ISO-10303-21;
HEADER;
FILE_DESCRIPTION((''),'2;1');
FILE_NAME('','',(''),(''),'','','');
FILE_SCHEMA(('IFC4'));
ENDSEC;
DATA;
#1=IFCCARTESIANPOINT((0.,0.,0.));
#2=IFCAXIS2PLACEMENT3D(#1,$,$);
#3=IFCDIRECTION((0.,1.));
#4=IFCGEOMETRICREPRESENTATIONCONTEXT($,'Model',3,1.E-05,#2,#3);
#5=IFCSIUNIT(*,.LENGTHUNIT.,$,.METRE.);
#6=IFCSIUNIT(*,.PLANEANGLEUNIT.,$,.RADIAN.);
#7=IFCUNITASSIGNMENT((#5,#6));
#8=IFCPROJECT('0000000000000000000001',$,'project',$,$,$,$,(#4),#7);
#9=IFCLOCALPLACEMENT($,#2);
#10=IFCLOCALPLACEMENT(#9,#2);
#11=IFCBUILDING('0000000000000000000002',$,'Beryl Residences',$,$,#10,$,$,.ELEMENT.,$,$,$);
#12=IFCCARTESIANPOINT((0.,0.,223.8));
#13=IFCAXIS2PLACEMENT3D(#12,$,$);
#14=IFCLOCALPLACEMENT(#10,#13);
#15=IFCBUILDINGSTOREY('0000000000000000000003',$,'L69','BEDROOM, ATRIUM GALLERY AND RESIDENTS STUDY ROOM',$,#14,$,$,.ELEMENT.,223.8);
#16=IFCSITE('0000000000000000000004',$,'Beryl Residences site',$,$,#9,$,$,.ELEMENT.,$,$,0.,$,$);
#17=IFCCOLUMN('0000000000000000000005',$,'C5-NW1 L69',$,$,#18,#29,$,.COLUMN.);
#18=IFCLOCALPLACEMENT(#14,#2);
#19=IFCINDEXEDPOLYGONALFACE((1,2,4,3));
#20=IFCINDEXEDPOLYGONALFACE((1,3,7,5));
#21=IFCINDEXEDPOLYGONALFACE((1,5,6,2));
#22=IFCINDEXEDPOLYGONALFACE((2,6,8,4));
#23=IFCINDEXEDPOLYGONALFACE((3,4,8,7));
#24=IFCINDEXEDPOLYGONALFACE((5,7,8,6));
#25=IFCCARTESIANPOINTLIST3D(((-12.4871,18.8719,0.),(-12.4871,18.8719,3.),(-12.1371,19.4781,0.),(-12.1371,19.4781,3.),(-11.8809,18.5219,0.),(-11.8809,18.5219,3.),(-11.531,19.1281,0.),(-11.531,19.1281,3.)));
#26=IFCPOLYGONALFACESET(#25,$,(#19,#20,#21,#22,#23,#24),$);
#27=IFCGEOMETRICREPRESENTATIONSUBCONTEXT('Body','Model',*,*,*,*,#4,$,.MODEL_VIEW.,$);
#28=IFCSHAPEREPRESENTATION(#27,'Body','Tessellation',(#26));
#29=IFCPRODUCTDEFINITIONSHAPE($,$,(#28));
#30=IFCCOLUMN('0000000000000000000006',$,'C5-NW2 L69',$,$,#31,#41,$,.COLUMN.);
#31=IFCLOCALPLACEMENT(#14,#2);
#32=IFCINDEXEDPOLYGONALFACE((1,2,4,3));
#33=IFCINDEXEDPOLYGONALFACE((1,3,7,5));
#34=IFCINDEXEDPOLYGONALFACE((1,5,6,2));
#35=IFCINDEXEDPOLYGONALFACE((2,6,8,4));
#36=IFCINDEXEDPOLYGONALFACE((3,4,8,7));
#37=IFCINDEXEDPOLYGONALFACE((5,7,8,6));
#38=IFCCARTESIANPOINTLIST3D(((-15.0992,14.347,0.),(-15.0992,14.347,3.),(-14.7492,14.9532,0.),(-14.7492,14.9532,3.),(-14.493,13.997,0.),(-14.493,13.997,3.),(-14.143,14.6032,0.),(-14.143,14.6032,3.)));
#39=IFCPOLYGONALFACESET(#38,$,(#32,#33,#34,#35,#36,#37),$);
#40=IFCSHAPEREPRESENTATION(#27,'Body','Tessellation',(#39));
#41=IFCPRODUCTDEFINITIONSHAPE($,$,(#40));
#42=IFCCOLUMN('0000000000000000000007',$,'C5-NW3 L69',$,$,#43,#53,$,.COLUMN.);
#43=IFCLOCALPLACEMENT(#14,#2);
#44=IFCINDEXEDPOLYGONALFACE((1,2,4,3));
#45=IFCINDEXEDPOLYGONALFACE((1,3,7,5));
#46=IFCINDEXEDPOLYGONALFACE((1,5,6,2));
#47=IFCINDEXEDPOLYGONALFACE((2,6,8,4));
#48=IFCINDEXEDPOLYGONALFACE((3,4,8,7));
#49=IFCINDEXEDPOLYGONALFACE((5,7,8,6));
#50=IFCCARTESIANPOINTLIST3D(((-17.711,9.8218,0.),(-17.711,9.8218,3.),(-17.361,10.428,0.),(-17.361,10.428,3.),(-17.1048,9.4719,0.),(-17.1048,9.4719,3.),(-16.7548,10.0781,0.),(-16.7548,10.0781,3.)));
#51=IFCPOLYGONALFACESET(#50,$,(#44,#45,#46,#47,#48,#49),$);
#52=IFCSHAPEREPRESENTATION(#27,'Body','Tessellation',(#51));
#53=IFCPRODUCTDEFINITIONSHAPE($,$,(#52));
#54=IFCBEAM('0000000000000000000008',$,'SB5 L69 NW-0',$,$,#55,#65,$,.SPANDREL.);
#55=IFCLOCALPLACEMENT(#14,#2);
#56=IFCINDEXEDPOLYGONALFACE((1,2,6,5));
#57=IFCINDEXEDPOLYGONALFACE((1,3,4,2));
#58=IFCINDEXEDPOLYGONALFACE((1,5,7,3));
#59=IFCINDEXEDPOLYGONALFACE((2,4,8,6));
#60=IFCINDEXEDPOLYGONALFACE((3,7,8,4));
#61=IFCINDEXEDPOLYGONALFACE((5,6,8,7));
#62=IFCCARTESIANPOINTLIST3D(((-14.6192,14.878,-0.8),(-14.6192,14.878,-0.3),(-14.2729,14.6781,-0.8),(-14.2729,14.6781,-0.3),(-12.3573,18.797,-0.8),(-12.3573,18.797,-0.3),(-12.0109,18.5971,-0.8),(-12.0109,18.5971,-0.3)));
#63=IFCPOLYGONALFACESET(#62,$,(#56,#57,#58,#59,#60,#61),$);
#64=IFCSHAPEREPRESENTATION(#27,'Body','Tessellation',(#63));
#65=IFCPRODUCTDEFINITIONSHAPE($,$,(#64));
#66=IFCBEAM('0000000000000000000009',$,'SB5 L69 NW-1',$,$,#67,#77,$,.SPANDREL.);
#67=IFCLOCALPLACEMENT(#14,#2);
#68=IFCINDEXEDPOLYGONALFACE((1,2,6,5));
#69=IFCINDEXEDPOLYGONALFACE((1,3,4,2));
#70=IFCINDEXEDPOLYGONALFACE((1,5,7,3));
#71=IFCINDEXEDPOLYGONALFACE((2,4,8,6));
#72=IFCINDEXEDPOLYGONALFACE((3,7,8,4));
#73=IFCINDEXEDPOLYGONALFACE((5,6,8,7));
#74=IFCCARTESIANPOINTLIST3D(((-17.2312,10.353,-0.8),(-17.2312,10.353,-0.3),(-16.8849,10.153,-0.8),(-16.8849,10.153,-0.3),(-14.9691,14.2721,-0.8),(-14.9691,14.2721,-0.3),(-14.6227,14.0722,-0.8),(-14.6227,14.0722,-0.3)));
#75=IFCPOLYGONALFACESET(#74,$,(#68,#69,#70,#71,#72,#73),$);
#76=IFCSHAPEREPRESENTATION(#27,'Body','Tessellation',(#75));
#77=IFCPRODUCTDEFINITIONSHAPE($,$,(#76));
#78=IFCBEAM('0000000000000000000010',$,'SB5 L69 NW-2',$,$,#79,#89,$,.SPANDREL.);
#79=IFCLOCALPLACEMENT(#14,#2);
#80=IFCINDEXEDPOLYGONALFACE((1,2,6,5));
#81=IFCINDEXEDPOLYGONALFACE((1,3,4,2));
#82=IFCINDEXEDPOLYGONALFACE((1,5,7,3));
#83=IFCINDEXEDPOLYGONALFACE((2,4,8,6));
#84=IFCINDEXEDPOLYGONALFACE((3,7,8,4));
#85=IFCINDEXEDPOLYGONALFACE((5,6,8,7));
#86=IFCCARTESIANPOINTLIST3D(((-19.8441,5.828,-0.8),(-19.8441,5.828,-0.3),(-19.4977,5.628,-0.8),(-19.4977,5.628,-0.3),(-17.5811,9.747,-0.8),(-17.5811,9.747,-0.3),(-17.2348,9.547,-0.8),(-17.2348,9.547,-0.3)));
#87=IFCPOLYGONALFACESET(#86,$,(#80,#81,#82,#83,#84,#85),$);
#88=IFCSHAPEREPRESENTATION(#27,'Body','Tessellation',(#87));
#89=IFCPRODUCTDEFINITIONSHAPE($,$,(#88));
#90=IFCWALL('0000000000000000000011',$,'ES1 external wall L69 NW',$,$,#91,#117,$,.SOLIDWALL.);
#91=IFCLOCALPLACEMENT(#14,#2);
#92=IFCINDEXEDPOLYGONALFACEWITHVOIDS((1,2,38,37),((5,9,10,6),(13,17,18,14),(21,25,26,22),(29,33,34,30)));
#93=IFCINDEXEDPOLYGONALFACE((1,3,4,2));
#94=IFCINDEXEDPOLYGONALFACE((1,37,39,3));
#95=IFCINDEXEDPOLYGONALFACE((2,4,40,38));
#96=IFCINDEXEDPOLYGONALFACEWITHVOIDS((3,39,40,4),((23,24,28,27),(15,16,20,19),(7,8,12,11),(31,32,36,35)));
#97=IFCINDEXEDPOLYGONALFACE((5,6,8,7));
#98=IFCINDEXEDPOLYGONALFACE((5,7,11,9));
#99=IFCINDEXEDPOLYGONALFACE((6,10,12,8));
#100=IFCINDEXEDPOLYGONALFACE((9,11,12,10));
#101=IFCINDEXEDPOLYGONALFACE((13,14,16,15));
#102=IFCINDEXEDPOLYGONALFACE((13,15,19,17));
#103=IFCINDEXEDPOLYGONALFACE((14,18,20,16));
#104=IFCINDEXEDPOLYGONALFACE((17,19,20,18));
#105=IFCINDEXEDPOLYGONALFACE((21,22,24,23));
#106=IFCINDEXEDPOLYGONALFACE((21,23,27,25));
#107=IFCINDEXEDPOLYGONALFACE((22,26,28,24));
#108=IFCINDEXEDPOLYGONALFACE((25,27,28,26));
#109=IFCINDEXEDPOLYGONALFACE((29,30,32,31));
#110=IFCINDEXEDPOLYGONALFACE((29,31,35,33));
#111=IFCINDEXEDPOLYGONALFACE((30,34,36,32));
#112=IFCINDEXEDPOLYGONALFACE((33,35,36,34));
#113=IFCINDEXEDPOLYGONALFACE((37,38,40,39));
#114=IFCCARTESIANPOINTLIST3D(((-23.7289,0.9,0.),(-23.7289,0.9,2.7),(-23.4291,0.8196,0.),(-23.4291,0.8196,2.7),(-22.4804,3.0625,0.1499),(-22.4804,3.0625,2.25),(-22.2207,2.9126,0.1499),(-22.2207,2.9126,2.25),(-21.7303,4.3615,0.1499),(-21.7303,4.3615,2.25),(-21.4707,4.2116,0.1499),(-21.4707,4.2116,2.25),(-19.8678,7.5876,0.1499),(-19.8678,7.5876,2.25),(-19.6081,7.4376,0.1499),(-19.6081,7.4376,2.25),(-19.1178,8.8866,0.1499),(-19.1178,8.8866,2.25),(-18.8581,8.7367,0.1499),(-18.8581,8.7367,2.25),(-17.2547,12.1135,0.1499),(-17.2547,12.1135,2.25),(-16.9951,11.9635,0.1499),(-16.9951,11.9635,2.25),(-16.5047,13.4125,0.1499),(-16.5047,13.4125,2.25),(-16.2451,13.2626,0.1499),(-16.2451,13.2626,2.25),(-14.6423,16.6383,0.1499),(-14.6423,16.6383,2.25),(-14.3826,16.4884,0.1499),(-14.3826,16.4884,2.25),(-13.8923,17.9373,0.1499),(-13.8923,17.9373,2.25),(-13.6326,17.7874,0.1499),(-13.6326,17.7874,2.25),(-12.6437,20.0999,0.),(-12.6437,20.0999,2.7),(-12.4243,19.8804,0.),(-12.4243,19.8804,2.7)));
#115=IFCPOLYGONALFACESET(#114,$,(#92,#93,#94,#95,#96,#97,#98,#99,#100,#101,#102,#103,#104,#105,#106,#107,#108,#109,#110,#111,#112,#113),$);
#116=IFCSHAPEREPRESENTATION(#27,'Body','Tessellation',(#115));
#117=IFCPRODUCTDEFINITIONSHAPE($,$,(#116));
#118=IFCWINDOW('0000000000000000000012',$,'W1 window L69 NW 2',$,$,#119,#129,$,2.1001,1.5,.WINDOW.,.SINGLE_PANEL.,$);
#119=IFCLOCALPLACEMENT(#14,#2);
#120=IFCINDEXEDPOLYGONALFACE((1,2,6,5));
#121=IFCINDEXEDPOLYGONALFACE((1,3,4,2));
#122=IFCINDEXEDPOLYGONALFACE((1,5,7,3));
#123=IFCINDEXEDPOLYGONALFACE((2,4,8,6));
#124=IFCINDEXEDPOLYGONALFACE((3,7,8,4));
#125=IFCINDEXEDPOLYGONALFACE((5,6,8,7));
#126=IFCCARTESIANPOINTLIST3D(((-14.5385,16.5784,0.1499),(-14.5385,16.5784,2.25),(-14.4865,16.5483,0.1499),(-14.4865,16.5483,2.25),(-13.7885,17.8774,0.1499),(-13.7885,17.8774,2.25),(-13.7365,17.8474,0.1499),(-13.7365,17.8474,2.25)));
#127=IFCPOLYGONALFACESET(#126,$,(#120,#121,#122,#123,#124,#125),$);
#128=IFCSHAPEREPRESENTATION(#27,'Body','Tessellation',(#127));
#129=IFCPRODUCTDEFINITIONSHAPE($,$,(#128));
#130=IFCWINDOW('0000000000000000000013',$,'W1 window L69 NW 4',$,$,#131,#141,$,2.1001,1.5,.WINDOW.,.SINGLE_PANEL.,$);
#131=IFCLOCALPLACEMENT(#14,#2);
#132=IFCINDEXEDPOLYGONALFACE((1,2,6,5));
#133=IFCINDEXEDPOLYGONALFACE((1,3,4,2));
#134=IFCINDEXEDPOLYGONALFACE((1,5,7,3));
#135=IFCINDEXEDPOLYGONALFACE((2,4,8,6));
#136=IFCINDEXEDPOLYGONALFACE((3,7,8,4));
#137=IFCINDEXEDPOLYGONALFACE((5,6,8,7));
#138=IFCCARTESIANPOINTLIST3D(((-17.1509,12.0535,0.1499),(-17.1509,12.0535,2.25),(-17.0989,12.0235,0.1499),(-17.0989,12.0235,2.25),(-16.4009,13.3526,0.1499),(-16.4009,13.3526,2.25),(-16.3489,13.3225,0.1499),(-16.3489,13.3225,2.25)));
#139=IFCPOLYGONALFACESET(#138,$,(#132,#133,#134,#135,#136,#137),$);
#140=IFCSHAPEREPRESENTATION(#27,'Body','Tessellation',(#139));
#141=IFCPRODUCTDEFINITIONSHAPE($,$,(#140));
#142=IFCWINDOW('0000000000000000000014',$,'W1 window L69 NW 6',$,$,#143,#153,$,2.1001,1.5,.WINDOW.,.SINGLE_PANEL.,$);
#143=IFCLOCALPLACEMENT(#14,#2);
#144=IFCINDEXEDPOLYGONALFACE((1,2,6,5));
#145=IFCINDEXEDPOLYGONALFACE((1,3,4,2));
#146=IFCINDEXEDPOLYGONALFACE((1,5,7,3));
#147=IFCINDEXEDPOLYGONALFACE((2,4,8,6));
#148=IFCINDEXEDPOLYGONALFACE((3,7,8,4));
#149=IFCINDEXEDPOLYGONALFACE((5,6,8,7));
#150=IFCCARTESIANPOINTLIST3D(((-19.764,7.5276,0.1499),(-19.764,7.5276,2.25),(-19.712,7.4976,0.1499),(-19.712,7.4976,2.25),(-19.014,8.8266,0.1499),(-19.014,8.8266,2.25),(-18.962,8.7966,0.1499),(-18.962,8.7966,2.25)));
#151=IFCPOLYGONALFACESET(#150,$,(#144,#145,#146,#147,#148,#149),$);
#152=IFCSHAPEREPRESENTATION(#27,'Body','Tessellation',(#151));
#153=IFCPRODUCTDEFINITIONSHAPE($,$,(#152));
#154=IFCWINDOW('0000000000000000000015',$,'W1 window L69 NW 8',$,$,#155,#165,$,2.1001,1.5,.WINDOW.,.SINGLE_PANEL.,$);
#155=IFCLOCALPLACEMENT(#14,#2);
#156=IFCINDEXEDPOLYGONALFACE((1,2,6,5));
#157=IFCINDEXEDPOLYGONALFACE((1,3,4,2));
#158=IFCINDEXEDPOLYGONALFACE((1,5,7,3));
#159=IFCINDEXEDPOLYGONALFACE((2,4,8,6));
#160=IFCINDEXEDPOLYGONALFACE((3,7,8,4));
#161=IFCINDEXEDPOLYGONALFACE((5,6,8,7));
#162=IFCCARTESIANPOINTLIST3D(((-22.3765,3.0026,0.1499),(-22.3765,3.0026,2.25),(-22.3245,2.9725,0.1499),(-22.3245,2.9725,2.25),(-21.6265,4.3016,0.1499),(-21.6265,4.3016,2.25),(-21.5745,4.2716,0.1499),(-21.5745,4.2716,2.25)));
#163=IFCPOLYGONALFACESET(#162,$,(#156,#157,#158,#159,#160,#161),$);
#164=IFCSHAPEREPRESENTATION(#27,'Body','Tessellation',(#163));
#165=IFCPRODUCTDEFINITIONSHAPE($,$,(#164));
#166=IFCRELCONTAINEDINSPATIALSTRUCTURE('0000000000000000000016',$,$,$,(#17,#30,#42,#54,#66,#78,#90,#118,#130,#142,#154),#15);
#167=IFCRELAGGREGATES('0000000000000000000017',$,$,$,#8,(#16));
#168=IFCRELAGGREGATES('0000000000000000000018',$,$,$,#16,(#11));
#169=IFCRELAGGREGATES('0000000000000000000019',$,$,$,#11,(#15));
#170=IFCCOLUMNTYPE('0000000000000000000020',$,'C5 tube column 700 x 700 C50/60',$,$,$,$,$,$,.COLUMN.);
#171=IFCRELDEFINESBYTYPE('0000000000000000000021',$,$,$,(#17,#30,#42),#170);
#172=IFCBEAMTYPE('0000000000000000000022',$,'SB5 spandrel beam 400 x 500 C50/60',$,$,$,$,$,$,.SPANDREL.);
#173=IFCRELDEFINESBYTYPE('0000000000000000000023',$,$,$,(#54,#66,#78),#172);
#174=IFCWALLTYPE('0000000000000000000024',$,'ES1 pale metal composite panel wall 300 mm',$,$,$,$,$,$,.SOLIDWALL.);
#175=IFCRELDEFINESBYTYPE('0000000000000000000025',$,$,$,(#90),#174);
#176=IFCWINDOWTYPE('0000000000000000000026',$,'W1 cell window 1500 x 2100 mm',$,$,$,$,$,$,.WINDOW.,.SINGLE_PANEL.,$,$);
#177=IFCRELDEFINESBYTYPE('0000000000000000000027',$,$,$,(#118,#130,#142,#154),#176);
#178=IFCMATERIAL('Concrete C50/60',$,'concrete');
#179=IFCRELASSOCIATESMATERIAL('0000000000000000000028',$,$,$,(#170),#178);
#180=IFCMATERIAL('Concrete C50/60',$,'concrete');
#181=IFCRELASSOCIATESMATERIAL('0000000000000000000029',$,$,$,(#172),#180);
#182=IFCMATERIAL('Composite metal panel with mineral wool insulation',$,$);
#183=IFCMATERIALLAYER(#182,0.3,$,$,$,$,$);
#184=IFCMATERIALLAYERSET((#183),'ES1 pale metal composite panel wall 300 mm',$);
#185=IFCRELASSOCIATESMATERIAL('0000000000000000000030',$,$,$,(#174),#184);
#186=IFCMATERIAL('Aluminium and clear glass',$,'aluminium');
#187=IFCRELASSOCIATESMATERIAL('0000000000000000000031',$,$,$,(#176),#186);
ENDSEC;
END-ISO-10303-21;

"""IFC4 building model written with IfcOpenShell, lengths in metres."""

from ifc_helpers import new_model, si_unit, direction, frame, frame_2d, origin, origin_2d, place, context, subcontext, project, spatial, polyline, rectangle, outline, extrude, material, layer, layer_set, material_profile, profile_set, type_object, element, fill, save


model = new_model("IFC4")

# Units and contexts
model_context = context("Model", 3, precision=1e-05, world=origin(), true_north=direction((0.0, 1.0)))
body_context = subcontext(model_context, "Body", "Model", "MODEL_VIEW")
ifc_project = project(units=[si_unit("LENGTHUNIT", "METRE"), si_unit("PLANEANGLEUNIT", "RADIAN")], contexts=[model_context])

# Site, building, storey
site_placement = place(None, origin())
site = spatial("IfcSite", under=ifc_project, at=site_placement, Name="Beryl Residences site", CompositionType="ELEMENT", RefElevation=0.0)
building_placement = place(site_placement, origin())
building = spatial("IfcBuilding", under=site, at=building_placement, Name="Beryl Residences", CompositionType="ELEMENT")
storey_placement = place(building_placement, frame((0.0, 0.0, 223.8)))
storey = spatial("IfcBuildingStorey", under=building, at=storey_placement, Name="L69", Description="BEDROOM, ATRIUM GALLERY AND RESIDENTS STUDY ROOM", CompositionType="ELEMENT", Elevation=223.8)

# Columns
ifc_material_1 = material(Name="Concrete C50/60", Category="concrete")
ifc_material_profile_1 = material_profile(ifc_material_1, rectangle(XDim=0.7, YDim=0.7, at=origin_2d()))
ifc_profile_set_1 = profile_set([ifc_material_profile_1], Name="Concrete C50/60")
column_type = type_object("IfcColumnType", Name="C5 tube column 700 x 700 C50/60", PredefinedType="COLUMN", material=ifc_profile_set_1)
for number, where, z_axis, x_axis, name in (
    (1, (-12.009, 19.0, 0.0), (0.0, 0.0, 1.0), (-0.49997, -0.866043, 0.0), "C5-NW1 L69"),
    (2, (-14.6211, 14.4751, 0.0), (0.0, 0.0, 1.0), (-0.49997, -0.866043, 0.0), "C5-NW2 L69"),
    (3, (-17.2329, 9.95, 0.0), (0.0, 0.0, 1.0), (-0.49997, -0.866043, 0.0), "C5-NW3 L69"),
):
    element("IfcColumn", number, at=place(storey_placement, frame(where, z_axis=z_axis, x_axis=x_axis)), inside=storey, type_object=column_type, Name=name, PredefinedType="COLUMN", context=body_context, shape_type="SweptSolid", body=[
        extrude(rectangle(XDim=0.7, YDim=0.7, at=origin_2d()), origin(), (0.0, 0.0, 1.0), 3.0),
    ])

# Beams
ifc_material_2 = material(Name="Concrete C50/60", Category="concrete")
ifc_material_profile_2 = material_profile(ifc_material_2, rectangle(XDim=0.3999, YDim=0.5, at=origin_2d()))
ifc_profile_set_2 = profile_set([ifc_material_profile_2], Name="Concrete C50/60")
beam_type = type_object("IfcBeamType", Name="SB5 spandrel beam 400 x 500 C50/60", PredefinedType="SPANDREL", material=ifc_profile_set_2)
beam_1_placement = place(storey_placement, frame((-12.1841, 18.697, -0.55), z_axis=(-0.499894, -0.866087, 0.0), x_axis=(0.866087, -0.499894, 0.0)))
element("IfcBeam", 4, at=beam_1_placement, inside=storey, type_object=beam_type, Name="SB5 L69 NW-0", PredefinedType="SPANDREL", context=body_context, shape_type="SweptSolid", body=[
    extrude(rectangle(XDim=0.3999, YDim=0.5, at=origin_2d()), origin(), (0.0, 0.0, 1.0), 4.5249),
])
beam_2_placement = place(storey_placement, frame((-14.7959, 14.1721, -0.55), z_axis=(-0.499911, -0.866077, 0.0), x_axis=(0.866077, -0.499911, 0.0)))
element("IfcBeam", 5, at=beam_2_placement, inside=storey, type_object=beam_type, Name="SB5 L69 NW-1", PredefinedType="SPANDREL", context=body_context, shape_type="SweptSolid", body=[
    extrude(rectangle(XDim=0.3999, YDim=0.5, at=origin_2d()), origin(), (0.0, 0.0, 1.0), 4.5251),
])
beam_3_placement = place(storey_placement, frame((-17.408, 9.647, -0.55), z_axis=(-0.500056, -0.865993, 0.0), x_axis=(0.865993, -0.500056, 0.0)))
element("IfcBeam", 6, at=beam_3_placement, inside=storey, type_object=beam_type, Name="SB5 L69 NW-2", PredefinedType="SPANDREL", context=body_context, shape_type="SweptSolid", body=[
    extrude(rectangle(XDim=0.3999, YDim=0.5, at=origin_2d()), origin(), (0.0, 0.0, 1.0), 4.5254),
])

# Wall, openings, windows
ifc_material_3 = material(Name="Composite metal panel with mineral wool insulation")
ifc_layer_1 = layer(ifc_material_3, 0.3)
ifc_layer_set_1 = layer_set([ifc_layer_1], Name="ES1 pale metal composite panel wall 300 mm")
wall_type_1 = type_object("IfcWallType", Name="ES1 pale metal composite panel wall 300 mm", PredefinedType="SOLIDWALL", material=ifc_layer_set_1)
wall_1_placement = place(storey_placement, frame((-12.5139, 20.0249, 0.0), z_axis=(0.0, 0.0, 1.0), x_axis=(-0.500004, -0.866023, 0.0)))
wall_1 = element("IfcWall", 7, at=wall_1_placement, inside=storey, type_object=wall_type_1, Name="ES1 external wall L69 NW", PredefinedType="SOLIDWALL", context=body_context, shape_type="SweptSolid", body=[
    extrude(outline(polyline([(0.0, -0.1499), (22.1702, -0.1499), (22.0898, 0.1499), (0.0803, 0.1499), (0.0, -0.1499)])), origin(), (0.0, 0.0, 1.0), 2.7),
])
opening_1_placement = place(wall_1_placement, frame((2.4971, 0.0, 0.1499)))
opening_1 = element("IfcOpeningElement", 8, at=opening_1_placement, cuts=wall_1, PredefinedType="OPENING", context=body_context, shape_type="SweptSolid", body=[
    extrude(rectangle(XDim=1.5, YDim=2.1001, at=frame_2d((0.75, 1.05))), frame((0.0, 0.1599, 0.0), z_axis=(0.0, -1.0, 0.0), x_axis=(1.0, 0.0, 0.0)), (0.0, 0.0, 1.0), 0.3201),
])
opening_2_placement = place(wall_1_placement, frame((7.7219, 0.0, 0.1499)))
opening_2 = element("IfcOpeningElement", 9, at=opening_2_placement, cuts=wall_1, PredefinedType="OPENING", context=body_context, shape_type="SweptSolid", body=[
    extrude(rectangle(XDim=1.5, YDim=2.1001, at=frame_2d((0.75, 1.05))), frame((0.0, 0.1599, 0.0), z_axis=(0.0, -1.0, 0.0), x_axis=(1.0, 0.0, 0.0)), (0.0, 0.0, 1.0), 0.3201),
])
opening_3_placement = place(wall_1_placement, frame((12.948, 0.0, 0.1499)))
opening_3 = element("IfcOpeningElement", 10, at=opening_3_placement, cuts=wall_1, PredefinedType="OPENING", context=body_context, shape_type="SweptSolid", body=[
    extrude(rectangle(XDim=1.5, YDim=2.1001, at=frame_2d((0.75, 1.05))), frame((0.0, 0.1599, 0.0), z_axis=(0.0, -1.0, 0.0), x_axis=(1.0, 0.0, 0.0)), (0.0, 0.0, 1.0), 0.3201),
])
opening_4_placement = place(wall_1_placement, frame((18.1731, 0.0, 0.1499)))
opening_4 = element("IfcOpeningElement", 11, at=opening_4_placement, cuts=wall_1, PredefinedType="OPENING", context=body_context, shape_type="SweptSolid", body=[
    extrude(rectangle(XDim=1.5, YDim=2.1001, at=frame_2d((0.75, 1.05))), frame((0.0, 0.1599, 0.0), z_axis=(0.0, -1.0, 0.0), x_axis=(1.0, 0.0, 0.0)), (0.0, 0.0, 1.0), 0.3201),
])
ifc_material_4 = material(Name="Aluminium and clear glass", Category="aluminium")
window_type = type_object("IfcWindowType", Name="W1 cell window 1500 x 2100 mm", PartitioningType="SINGLE_PANEL", PredefinedType="WINDOW", material=ifc_material_4)
window_1_placement = place(opening_1_placement, origin())
window_1 = element("IfcWindow", 12, at=window_1_placement, inside=storey, type_object=window_type, Name="W1 window L69 NW 2", OverallHeight=2.1001, OverallWidth=1.5, PartitioningType="SINGLE_PANEL", PredefinedType="WINDOW", context=body_context, shape_type="SweptSolid", body=[
    extrude(rectangle(XDim=1.5, YDim=2.1001, at=frame_2d((0.75, 1.05))), frame((0.0, 0.03, 0.0), z_axis=(0.0, -1.0, 0.0), x_axis=(1.0, 0.0, 0.0)), (0.0, 0.0, 1.0), 0.0601),
])
fill(opening_1, window_1)
window_2_placement = place(opening_2_placement, origin())
window_2 = element("IfcWindow", 13, at=window_2_placement, inside=storey, type_object=window_type, Name="W1 window L69 NW 4", OverallHeight=2.1001, OverallWidth=1.5, PartitioningType="SINGLE_PANEL", PredefinedType="WINDOW", context=body_context, shape_type="SweptSolid", body=[
    extrude(rectangle(XDim=1.5, YDim=2.1001, at=frame_2d((0.75, 1.05))), frame((0.0, 0.03, 0.0), z_axis=(0.0, -1.0, 0.0), x_axis=(1.0, 0.0, 0.0)), (0.0, 0.0, 1.0), 0.0601),
])
fill(opening_2, window_2)
window_3_placement = place(opening_3_placement, origin())
window_3 = element("IfcWindow", 14, at=window_3_placement, inside=storey, type_object=window_type, Name="W1 window L69 NW 6", OverallHeight=2.1001, OverallWidth=1.5, PartitioningType="SINGLE_PANEL", PredefinedType="WINDOW", context=body_context, shape_type="SweptSolid", body=[
    extrude(rectangle(XDim=1.5, YDim=2.1001, at=frame_2d((0.75, 1.05))), frame((0.0, 0.03, 0.0), z_axis=(0.0, -1.0, 0.0), x_axis=(1.0, 0.0, 0.0)), (0.0, 0.0, 1.0), 0.0601),
])
fill(opening_3, window_3)
window_4_placement = place(opening_4_placement, origin())
window_4 = element("IfcWindow", 15, at=window_4_placement, inside=storey, type_object=window_type, Name="W1 window L69 NW 8", OverallHeight=2.1001, OverallWidth=1.5, PartitioningType="SINGLE_PANEL", PredefinedType="WINDOW", context=body_context, shape_type="SweptSolid", body=[
    extrude(rectangle(XDim=1.5, YDim=2.1001, at=frame_2d((0.75, 1.05))), frame((0.0, 0.03, 0.0), z_axis=(0.0, -1.0, 0.0), x_axis=(1.0, 0.0, 0.0)), (0.0, 0.0, 1.0), 0.0601),
])
fill(opening_4, window_4)

save(model, "model.ifc")
